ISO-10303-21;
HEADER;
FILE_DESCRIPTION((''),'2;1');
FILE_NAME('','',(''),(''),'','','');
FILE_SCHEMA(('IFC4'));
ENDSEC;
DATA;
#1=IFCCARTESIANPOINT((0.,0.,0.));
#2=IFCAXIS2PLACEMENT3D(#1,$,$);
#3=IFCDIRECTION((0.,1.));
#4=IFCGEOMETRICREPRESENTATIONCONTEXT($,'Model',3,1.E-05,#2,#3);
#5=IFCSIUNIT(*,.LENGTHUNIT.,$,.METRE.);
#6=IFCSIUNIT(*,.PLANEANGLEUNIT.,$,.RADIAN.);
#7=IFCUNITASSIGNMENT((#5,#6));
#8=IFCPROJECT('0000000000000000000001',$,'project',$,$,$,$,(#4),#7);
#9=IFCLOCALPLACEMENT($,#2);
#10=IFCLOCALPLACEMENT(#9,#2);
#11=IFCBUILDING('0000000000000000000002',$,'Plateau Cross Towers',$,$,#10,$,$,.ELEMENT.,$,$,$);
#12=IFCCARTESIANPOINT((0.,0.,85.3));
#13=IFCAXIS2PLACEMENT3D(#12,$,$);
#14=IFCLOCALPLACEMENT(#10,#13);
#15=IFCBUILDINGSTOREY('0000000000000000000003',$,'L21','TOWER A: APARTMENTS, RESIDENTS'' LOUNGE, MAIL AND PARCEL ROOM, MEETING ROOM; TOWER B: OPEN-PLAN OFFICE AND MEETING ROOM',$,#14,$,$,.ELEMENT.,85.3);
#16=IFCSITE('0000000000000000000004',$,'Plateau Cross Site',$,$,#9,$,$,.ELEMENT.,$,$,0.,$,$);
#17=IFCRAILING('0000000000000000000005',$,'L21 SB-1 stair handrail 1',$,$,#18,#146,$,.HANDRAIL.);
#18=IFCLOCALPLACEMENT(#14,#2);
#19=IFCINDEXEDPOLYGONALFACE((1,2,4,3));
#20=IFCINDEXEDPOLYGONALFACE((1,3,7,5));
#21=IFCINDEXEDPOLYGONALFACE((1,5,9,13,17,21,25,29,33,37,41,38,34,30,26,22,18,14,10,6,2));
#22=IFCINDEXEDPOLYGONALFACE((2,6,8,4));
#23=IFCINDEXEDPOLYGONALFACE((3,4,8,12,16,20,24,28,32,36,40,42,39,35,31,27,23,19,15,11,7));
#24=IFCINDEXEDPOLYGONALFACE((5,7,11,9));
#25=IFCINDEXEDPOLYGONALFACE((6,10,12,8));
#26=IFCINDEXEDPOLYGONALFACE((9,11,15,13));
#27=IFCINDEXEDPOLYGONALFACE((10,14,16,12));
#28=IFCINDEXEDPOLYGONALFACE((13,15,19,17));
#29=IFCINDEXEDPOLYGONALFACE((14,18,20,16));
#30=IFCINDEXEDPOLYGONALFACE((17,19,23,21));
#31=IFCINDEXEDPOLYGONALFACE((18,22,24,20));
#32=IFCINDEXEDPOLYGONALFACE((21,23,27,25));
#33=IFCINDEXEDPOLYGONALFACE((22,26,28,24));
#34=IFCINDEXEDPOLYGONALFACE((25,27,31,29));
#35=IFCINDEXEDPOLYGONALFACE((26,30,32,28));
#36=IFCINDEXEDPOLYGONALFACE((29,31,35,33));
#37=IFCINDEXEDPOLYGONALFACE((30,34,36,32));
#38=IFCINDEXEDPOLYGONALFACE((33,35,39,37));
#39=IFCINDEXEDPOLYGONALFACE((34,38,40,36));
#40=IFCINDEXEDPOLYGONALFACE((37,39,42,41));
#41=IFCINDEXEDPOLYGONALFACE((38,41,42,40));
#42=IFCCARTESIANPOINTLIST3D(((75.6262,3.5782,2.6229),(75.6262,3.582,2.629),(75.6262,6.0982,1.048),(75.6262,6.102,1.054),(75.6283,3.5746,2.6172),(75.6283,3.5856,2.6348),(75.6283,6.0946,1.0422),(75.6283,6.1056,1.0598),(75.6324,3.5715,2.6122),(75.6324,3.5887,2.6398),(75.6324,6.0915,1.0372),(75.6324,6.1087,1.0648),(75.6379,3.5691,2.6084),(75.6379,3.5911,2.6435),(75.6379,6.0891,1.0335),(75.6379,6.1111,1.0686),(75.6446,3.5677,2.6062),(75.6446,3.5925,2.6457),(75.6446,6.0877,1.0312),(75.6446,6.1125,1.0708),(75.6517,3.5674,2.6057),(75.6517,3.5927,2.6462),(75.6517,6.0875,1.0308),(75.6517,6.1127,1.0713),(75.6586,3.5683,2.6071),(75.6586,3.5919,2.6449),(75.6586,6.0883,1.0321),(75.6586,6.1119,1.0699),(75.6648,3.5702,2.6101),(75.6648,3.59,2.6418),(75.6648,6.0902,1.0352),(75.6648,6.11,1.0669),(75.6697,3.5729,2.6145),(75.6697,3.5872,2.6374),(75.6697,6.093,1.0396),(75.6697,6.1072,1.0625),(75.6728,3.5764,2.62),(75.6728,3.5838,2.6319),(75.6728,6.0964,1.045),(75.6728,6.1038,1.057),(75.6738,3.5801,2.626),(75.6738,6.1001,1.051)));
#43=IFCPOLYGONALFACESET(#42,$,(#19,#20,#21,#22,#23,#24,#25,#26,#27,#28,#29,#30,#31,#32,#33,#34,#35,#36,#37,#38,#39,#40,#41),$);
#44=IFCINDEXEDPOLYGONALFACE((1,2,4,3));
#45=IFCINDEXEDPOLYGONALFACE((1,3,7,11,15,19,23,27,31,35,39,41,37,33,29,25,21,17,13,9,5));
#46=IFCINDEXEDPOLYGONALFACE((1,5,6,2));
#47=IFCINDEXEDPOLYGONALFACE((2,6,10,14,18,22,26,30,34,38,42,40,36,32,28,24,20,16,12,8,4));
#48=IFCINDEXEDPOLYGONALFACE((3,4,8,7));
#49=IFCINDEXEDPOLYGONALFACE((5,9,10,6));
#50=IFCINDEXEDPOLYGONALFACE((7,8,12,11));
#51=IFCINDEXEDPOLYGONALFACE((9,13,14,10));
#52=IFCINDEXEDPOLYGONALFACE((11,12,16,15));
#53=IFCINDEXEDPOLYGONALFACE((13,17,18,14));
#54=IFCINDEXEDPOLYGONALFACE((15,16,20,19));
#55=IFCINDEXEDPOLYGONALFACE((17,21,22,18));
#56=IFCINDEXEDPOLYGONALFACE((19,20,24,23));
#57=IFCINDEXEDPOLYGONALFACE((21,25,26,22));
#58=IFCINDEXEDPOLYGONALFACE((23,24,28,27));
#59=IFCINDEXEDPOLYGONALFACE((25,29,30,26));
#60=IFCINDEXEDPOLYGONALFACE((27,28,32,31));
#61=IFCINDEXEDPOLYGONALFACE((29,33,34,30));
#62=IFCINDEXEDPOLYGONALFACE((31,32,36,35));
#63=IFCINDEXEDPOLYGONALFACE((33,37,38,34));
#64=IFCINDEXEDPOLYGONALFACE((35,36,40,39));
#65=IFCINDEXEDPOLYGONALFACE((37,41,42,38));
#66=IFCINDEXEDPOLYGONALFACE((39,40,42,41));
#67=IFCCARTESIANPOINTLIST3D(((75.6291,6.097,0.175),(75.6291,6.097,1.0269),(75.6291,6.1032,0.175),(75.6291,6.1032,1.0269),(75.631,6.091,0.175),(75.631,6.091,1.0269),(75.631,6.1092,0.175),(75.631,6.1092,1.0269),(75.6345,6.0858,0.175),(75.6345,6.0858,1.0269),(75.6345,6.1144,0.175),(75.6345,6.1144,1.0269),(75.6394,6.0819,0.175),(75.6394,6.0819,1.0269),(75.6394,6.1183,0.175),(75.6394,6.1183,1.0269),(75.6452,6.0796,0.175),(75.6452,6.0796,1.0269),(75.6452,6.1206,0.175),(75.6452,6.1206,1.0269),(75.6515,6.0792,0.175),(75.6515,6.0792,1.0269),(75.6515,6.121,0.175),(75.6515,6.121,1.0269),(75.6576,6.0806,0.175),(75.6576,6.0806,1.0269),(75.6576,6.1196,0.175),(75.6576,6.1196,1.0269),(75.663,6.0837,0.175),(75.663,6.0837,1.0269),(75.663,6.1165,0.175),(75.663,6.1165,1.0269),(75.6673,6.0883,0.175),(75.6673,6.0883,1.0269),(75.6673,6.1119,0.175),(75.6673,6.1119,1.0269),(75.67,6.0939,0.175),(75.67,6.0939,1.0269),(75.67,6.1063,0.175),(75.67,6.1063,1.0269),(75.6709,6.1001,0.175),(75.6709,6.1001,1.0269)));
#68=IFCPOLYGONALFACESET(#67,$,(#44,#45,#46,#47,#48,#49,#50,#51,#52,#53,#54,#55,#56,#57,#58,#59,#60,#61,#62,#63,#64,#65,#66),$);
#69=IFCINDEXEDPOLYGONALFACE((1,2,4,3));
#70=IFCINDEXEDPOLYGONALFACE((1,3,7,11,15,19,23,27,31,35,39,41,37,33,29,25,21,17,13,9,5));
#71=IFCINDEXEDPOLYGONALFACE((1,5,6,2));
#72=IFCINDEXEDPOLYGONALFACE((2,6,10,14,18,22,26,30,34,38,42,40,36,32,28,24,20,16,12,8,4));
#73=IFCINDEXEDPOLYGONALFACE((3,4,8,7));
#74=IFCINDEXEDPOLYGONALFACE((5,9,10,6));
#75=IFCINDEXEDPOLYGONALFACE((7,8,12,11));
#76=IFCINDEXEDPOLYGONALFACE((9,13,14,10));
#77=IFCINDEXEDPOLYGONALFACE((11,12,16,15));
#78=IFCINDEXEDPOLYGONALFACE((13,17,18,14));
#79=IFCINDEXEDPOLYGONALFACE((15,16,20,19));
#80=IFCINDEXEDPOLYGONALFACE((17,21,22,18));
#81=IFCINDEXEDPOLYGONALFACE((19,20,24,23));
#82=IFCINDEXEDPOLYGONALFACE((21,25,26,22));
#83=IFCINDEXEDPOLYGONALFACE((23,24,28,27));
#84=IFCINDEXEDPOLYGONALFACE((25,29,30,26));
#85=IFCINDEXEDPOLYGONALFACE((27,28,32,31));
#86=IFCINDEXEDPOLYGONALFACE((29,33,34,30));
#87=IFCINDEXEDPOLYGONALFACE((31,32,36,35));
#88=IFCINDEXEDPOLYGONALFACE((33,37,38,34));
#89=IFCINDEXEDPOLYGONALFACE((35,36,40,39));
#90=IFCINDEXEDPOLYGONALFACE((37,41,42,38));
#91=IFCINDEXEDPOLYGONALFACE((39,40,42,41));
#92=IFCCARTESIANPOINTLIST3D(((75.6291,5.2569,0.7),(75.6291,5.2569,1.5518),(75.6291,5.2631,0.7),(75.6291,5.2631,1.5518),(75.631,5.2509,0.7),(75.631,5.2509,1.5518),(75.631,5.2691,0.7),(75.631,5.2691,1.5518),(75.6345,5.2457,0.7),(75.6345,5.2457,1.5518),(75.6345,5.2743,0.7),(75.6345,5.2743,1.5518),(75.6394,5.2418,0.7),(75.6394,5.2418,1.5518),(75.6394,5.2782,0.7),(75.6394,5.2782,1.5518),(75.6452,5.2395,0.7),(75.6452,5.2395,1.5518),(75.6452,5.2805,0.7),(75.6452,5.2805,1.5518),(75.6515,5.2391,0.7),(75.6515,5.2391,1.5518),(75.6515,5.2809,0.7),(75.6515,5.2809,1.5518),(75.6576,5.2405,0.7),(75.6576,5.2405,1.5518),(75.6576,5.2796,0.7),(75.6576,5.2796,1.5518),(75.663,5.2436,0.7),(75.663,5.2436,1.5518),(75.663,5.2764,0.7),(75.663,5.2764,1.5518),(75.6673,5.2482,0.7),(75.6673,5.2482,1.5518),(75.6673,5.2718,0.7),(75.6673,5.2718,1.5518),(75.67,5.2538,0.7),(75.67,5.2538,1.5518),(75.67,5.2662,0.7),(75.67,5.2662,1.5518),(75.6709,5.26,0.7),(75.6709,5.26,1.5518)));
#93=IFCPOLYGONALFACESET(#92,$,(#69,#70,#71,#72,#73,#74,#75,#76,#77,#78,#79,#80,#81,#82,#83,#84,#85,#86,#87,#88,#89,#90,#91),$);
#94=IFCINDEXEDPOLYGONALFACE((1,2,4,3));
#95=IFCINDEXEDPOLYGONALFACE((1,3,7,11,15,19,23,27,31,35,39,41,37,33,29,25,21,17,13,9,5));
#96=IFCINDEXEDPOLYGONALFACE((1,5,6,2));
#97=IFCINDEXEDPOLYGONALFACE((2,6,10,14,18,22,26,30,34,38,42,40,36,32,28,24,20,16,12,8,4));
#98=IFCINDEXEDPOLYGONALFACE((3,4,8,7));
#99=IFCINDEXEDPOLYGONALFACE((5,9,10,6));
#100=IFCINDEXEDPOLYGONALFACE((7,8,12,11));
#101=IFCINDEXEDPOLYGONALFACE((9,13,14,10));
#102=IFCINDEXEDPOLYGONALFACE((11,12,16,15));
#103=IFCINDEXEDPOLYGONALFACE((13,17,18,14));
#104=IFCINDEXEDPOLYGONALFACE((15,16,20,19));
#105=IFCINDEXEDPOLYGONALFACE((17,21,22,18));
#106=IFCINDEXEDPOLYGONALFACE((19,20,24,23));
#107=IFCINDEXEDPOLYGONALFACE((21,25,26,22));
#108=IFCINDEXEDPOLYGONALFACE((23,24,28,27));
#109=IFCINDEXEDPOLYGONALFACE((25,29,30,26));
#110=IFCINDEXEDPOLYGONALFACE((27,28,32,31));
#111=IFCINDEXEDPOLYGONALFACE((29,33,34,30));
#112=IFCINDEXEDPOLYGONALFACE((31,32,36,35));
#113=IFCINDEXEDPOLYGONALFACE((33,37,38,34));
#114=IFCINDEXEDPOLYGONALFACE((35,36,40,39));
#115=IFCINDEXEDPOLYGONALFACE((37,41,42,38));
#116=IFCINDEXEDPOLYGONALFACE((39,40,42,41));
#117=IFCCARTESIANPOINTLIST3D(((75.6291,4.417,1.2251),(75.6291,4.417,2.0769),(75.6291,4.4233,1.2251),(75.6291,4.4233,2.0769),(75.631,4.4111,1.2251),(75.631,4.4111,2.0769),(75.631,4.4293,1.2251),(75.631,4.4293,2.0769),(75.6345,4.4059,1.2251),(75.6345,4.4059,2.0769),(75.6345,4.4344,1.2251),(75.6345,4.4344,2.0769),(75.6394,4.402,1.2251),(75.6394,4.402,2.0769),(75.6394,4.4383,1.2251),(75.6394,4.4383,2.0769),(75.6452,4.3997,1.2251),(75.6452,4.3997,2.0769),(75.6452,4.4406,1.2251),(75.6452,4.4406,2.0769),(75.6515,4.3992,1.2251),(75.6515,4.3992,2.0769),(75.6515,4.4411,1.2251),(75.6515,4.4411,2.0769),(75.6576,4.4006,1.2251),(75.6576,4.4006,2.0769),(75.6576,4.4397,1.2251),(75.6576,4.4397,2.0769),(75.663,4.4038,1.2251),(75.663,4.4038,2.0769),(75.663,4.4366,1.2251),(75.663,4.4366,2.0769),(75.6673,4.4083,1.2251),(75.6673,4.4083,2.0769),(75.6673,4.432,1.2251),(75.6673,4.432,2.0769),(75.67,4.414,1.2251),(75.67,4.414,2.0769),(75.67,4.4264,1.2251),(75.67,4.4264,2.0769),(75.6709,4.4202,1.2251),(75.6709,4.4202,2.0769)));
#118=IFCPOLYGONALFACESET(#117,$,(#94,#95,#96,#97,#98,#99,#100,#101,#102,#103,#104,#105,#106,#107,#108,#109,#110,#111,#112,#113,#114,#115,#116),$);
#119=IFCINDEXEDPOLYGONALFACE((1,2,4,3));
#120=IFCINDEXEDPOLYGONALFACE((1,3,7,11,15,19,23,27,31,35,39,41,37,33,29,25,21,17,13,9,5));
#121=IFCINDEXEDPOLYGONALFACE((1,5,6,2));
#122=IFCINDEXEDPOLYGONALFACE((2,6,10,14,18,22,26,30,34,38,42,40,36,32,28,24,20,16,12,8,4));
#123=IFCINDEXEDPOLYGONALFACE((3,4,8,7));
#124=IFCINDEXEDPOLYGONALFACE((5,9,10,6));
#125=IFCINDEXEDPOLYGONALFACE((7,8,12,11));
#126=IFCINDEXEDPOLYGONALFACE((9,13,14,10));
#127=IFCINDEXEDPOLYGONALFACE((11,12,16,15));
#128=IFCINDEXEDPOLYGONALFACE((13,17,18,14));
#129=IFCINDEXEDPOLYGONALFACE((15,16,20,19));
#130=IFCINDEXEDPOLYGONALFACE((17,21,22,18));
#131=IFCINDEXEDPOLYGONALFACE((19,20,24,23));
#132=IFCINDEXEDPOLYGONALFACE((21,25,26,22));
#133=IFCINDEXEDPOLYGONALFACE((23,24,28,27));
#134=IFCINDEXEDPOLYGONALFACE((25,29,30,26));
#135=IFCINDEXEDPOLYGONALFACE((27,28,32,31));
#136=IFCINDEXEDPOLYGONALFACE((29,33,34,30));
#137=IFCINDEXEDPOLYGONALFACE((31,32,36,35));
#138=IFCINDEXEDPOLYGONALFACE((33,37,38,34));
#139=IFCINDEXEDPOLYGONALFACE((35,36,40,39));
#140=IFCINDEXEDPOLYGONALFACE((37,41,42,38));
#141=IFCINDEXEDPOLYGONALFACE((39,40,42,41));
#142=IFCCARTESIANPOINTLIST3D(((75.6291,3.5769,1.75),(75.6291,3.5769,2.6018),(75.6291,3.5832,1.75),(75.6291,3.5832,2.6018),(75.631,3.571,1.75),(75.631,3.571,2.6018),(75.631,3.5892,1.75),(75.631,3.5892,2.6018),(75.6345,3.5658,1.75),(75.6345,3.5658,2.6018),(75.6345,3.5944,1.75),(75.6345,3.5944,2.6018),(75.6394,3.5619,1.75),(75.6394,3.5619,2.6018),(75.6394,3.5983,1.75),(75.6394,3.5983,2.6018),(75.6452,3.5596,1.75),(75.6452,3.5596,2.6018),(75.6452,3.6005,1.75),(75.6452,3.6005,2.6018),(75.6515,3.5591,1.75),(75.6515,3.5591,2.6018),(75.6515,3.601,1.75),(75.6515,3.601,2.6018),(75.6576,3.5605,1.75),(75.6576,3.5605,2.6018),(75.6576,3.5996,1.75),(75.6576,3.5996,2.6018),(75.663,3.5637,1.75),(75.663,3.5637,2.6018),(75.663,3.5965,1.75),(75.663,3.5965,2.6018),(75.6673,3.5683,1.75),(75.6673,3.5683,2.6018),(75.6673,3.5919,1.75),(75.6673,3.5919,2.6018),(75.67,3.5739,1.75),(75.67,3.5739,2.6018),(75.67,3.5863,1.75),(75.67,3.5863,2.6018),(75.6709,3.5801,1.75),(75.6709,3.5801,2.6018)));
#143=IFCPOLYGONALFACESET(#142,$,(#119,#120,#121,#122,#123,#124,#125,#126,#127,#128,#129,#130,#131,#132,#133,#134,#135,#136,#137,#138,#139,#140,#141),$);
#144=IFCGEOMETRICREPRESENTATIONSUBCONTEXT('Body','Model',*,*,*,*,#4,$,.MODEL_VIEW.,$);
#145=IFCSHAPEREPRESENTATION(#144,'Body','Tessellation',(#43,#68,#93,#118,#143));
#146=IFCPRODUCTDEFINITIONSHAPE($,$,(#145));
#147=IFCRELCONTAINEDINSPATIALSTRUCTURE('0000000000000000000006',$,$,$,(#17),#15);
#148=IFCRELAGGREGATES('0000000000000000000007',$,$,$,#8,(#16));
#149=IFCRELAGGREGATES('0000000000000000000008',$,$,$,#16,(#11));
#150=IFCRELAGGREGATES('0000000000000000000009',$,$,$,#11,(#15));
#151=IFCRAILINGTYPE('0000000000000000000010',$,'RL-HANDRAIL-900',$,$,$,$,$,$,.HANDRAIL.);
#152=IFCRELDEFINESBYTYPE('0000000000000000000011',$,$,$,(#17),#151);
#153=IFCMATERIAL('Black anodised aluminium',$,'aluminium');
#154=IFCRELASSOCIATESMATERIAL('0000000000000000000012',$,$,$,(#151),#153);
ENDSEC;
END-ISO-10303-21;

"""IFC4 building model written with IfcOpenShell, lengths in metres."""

from ifc_helpers import new_model, si_unit, direction, frame, origin, origin_2d, place, context, subcontext, project, spatial, circle, extrude, material, type_object, element, save


model = new_model("IFC4")

# Units and contexts
model_context = context("Model", 3, precision=1e-05, world=origin(), true_north=direction((0.0, 1.0)))
body_context = subcontext(model_context, "Body", "Model", "MODEL_VIEW")
ifc_project = project(units=[si_unit("LENGTHUNIT", "METRE"), si_unit("PLANEANGLEUNIT", "RADIAN")], contexts=[model_context])

# Site, building, storey
site_placement = place(None, origin())
site = spatial("IfcSite", under=ifc_project, at=site_placement, Name="Plateau Cross Site", CompositionType="ELEMENT", RefElevation=0.0)
building_placement = place(site_placement, origin())
building = spatial("IfcBuilding", under=site, at=building_placement, Name="Plateau Cross Towers", CompositionType="ELEMENT")
storey_placement = place(building_placement, frame((0.0, 0.0, 85.3)))
storey = spatial("IfcBuildingStorey", under=building, at=storey_placement, Name="L21", Description="TOWER A: APARTMENTS, RESIDENTS' LOUNGE, MAIL AND PARCEL ROOM, MEETING ROOM; TOWER B: OPEN-PLAN OFFICE AND MEETING ROOM", CompositionType="ELEMENT", Elevation=85.3)

# Railing
ifc_material_1 = material(Name="Black anodised aluminium", Category="aluminium")
railing_type_1 = type_object("IfcRailingType", Name="RL-HANDRAIL-900", PredefinedType="HANDRAIL", material=ifc_material_1)
railing_1_placement = place(storey_placement, frame((75.6499, 6.1001, 0.175)))
element("IfcRailing", 1, at=railing_1_placement, inside=storey, type_object=railing_type_1, Name="L21 SB-1 stair handrail 1", PredefinedType="HANDRAIL", context=body_context, shape_type="SweptSolid", body=[
    extrude(circle(Radius=0.0239, at=origin_2d()), frame((0.0, 0.0, 0.876), z_axis=(0.0, -0.848008, 0.529984), x_axis=(1.0, 0.0, 0.0)), (0.0, 0.0, 1.0), 2.9717),
    extrude(circle(Radius=0.021, at=origin_2d()), origin(), (0.0, 0.0, 1.0), 0.8518),
    extrude(circle(Radius=0.021, at=origin_2d()), frame((0.0, -0.8401, 0.5249)), (0.0, 0.0, 1.0), 0.8518),
    extrude(circle(Radius=0.021, at=origin_2d()), frame((0.0, -1.6799, 1.05)), (0.0, 0.0, 1.0), 0.8518),
    extrude(circle(Radius=0.021, at=origin_2d()), frame((0.0, -2.52, 1.575)), (0.0, 0.0, 1.0), 0.8518),
])

save(model, "model.ifc")
